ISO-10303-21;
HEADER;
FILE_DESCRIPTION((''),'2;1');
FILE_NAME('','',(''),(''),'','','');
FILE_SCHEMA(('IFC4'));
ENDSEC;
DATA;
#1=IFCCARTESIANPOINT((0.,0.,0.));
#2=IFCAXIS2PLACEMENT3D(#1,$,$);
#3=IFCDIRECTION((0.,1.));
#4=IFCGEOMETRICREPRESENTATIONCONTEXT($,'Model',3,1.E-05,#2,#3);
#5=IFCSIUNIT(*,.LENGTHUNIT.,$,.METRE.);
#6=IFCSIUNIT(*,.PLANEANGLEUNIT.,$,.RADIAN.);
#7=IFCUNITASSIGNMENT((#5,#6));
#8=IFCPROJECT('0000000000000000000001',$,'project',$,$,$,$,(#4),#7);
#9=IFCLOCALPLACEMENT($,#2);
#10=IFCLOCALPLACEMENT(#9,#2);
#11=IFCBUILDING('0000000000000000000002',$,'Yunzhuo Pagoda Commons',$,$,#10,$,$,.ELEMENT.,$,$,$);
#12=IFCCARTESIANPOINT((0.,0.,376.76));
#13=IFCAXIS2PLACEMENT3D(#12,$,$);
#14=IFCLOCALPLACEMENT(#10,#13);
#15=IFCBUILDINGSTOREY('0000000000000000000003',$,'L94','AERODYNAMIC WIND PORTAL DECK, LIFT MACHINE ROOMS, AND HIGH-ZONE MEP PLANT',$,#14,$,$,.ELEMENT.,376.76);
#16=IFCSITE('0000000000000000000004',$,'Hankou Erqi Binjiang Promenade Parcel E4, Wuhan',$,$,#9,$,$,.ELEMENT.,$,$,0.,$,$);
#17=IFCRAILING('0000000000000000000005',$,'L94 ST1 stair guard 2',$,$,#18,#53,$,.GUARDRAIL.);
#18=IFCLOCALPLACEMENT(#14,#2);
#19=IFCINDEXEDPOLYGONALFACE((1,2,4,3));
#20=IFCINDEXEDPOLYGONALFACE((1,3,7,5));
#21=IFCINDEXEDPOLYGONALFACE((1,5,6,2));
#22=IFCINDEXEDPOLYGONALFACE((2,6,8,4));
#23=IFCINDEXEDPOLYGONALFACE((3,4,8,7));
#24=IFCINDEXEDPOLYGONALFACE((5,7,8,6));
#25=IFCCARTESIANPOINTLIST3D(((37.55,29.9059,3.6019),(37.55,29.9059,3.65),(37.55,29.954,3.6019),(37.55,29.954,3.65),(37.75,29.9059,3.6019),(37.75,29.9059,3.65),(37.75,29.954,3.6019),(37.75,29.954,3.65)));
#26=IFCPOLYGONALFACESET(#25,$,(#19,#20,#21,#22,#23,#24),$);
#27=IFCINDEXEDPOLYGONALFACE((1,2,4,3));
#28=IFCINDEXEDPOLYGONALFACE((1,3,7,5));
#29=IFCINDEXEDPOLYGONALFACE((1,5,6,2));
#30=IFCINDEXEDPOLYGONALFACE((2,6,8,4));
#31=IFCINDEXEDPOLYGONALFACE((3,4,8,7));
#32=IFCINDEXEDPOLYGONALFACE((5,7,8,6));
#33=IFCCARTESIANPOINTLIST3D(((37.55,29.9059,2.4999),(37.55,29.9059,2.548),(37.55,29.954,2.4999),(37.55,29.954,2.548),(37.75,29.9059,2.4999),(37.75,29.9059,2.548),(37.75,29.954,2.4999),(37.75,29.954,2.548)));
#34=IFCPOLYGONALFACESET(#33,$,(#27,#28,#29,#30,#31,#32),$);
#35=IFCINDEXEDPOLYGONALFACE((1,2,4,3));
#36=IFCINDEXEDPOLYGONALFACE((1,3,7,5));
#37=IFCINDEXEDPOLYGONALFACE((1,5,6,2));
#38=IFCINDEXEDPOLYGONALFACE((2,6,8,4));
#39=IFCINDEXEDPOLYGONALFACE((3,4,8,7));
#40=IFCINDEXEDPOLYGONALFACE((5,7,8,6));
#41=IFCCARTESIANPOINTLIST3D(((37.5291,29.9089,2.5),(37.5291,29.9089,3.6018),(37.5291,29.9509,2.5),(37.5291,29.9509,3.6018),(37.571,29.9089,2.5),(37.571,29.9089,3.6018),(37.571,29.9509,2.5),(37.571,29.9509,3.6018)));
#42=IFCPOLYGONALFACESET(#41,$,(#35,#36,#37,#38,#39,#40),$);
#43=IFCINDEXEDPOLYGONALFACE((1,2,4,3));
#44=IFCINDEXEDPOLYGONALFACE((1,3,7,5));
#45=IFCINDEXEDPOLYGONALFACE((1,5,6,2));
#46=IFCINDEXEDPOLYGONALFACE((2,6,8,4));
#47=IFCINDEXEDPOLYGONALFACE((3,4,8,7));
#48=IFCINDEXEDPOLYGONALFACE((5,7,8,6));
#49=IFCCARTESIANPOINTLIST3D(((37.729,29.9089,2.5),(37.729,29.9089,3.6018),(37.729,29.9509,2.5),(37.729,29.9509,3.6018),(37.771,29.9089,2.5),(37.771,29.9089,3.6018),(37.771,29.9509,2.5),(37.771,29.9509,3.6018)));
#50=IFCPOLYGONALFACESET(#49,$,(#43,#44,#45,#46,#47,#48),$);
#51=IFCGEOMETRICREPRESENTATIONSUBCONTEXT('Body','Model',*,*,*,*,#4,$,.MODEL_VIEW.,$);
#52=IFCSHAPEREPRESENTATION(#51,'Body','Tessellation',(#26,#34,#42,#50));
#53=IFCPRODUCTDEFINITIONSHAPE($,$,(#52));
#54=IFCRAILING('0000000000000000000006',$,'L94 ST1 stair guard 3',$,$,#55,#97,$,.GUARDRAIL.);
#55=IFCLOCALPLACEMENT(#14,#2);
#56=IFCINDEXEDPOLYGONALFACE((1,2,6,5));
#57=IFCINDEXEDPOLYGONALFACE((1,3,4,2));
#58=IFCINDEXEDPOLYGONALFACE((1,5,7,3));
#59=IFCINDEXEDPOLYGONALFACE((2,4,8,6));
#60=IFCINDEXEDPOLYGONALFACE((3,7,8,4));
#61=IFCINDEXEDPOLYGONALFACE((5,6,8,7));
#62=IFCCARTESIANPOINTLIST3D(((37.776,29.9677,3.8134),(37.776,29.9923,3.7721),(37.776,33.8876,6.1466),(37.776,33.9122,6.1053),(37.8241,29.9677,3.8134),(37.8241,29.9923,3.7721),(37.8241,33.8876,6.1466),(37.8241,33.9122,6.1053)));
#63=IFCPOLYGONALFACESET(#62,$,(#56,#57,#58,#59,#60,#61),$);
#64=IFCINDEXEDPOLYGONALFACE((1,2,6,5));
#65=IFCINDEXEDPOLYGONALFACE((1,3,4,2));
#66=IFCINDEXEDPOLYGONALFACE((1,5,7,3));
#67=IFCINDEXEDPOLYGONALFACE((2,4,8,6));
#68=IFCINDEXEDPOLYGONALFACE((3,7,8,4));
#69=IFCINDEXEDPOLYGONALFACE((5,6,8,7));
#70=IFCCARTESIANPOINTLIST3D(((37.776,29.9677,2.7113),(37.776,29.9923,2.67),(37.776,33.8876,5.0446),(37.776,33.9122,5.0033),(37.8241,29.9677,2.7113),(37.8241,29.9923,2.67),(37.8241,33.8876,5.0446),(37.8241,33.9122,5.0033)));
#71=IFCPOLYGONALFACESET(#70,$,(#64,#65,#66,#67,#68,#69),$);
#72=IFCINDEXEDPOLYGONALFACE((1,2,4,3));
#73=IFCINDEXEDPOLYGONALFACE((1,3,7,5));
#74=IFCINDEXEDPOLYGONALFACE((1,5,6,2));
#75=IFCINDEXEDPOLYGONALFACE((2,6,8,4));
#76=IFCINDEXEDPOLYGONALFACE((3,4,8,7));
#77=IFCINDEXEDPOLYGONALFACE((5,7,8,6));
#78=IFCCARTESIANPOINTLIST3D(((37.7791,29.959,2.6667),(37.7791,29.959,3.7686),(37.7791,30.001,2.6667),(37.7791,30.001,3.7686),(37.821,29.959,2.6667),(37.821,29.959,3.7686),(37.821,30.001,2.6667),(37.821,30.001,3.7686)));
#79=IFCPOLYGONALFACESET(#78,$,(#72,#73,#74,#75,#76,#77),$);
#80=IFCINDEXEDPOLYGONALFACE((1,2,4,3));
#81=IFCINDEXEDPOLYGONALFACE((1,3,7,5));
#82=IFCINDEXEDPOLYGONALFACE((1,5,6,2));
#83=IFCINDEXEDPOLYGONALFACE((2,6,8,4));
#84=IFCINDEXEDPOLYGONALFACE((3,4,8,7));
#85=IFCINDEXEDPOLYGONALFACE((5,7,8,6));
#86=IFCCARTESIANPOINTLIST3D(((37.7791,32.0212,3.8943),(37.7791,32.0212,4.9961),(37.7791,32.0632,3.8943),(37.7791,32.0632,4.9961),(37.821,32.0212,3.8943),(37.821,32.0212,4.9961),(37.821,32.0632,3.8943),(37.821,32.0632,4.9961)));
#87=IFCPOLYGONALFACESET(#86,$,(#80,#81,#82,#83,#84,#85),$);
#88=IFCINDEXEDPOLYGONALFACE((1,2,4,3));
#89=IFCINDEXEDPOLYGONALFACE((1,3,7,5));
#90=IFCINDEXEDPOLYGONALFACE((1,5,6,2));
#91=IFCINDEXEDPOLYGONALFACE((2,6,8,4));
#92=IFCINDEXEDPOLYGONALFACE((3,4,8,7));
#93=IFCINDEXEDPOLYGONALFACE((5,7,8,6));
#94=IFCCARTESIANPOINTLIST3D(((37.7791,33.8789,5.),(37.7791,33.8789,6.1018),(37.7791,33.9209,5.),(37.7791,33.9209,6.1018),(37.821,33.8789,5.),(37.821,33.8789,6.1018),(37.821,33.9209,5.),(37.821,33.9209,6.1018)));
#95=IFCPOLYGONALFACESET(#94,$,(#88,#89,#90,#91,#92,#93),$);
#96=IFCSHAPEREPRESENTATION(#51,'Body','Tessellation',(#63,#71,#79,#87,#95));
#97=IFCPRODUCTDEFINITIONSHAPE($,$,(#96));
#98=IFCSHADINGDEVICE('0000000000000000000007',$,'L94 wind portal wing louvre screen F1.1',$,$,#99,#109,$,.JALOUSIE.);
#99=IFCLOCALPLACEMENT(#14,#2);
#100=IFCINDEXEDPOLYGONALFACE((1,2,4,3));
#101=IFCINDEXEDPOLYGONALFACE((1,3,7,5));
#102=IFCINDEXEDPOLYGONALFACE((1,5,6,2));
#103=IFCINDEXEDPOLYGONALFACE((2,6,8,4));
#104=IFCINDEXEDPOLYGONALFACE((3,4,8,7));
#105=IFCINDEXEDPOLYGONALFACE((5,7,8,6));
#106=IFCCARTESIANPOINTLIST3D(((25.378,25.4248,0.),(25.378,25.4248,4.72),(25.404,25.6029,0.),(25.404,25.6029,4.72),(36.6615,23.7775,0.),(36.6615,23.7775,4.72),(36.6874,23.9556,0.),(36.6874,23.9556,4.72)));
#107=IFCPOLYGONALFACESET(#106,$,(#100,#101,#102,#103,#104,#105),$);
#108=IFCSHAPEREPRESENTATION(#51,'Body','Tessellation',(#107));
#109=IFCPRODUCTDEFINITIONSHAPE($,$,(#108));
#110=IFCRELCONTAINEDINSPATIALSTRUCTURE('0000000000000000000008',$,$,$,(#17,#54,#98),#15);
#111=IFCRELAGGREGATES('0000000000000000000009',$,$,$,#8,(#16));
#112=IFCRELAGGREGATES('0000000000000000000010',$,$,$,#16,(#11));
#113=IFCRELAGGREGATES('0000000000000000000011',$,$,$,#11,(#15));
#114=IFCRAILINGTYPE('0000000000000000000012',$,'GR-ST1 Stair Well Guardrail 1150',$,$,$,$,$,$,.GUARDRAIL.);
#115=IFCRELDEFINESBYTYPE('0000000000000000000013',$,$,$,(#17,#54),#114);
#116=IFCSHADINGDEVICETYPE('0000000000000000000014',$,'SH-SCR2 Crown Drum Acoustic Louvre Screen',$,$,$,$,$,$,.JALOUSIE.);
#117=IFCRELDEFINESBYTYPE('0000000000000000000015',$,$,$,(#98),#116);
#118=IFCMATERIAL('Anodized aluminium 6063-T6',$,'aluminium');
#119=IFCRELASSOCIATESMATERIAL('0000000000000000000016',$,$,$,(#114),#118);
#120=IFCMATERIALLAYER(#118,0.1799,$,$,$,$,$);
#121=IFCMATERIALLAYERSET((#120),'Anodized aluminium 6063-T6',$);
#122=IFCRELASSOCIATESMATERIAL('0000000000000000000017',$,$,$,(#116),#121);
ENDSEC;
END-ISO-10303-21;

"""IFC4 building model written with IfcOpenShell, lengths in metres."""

from ifc_helpers import new_model, si_unit, direction, frame, origin, origin_2d, place, context, subcontext, project, spatial, rectangle, extrude, source, transform, mapped, material, layer, layer_set, type_object, element, save


model = new_model("IFC4")

# Units and contexts
model_context = context("Model", 3, precision=1e-05, world=origin(), true_north=direction((0.0, 1.0)))
body_context = subcontext(model_context, "Body", "Model", "MODEL_VIEW")
ifc_project = project(units=[si_unit("LENGTHUNIT", "METRE"), si_unit("PLANEANGLEUNIT", "RADIAN")], contexts=[model_context])

# Site, building, storey
site_placement = place(None, origin())
site = spatial("IfcSite", under=ifc_project, at=site_placement, Name="Hankou Erqi Binjiang Promenade Parcel E4, Wuhan", CompositionType="ELEMENT", RefElevation=0.0)
building_placement = place(site_placement, origin())
building = spatial("IfcBuilding", under=site, at=building_placement, Name="Yunzhuo Pagoda Commons", CompositionType="ELEMENT")
storey_placement = place(building_placement, frame((0.0, 0.0, 376.76)))
storey = spatial("IfcBuildingStorey", under=building, at=storey_placement, Name="L94", Description="AERODYNAMIC WIND PORTAL DECK, LIFT MACHINE ROOMS, AND HIGH-ZONE MEP PLANT", CompositionType="ELEMENT", Elevation=376.76)

# Railings
ifc_material_1 = material(Name="Anodized aluminium 6063-T6", Category="aluminium")
railing_type_1 = type_object("IfcRailingType", Name="GR-ST1 Stair Well Guardrail 1150", PredefinedType="GUARDRAIL", material=ifc_material_1)
railing_1_placement = place(storey_placement, frame((37.55, 29.9299, 2.5)))
element("IfcRailing", 1, at=railing_1_placement, inside=storey, type_object=railing_type_1, Name="L94 ST1 stair guard 2", PredefinedType="GUARDRAIL", context=body_context, shape_type="SweptSolid", body=[
    extrude(rectangle(XDim=0.0481, YDim=0.0481, at=origin_2d()), frame((0.0, 0.0, 1.126), z_axis=(1.0, 0.0, 0.0), x_axis=(0.0, 1.0, 0.0)), (0.0, 0.0, 1.0), 0.2),
    extrude(rectangle(XDim=0.0481, YDim=0.0481, at=origin_2d()), frame((0.0, 0.0, 0.0239), z_axis=(1.0, 0.0, 0.0), x_axis=(0.0, 1.0, 0.0)), (0.0, 0.0, 1.0), 0.2),
    extrude(rectangle(XDim=0.042, YDim=0.042, at=origin_2d()), origin(), (0.0, 0.0, 1.0), 1.1018),
    extrude(rectangle(XDim=0.042, YDim=0.042, at=origin_2d()), frame((0.2, 0.0, 0.0)), (0.0, 0.0, 1.0), 1.1018),
])
railing_2_placement = place(storey_placement, frame((37.8, 29.98, 2.6667)))
element("IfcRailing", 2, at=railing_2_placement, inside=storey, type_object=railing_type_1, Name="L94 ST1 stair guard 3", PredefinedType="GUARDRAIL", context=body_context, shape_type="SweptSolid", body=[
    extrude(rectangle(XDim=0.0481, YDim=0.0481, at=origin_2d()), frame((0.0, 0.0, 1.126), z_axis=(0.0, 0.859296, 0.511478), x_axis=(-1.0, 0.0, 0.0)), (0.0, 0.0, 1.0), 4.5618),
    extrude(rectangle(XDim=0.0481, YDim=0.0481, at=origin_2d()), frame((0.0, 0.0, 0.0239), z_axis=(0.0, 0.859296, 0.511478), x_axis=(-1.0, 0.0, 0.0)), (0.0, 0.0, 1.0), 4.5618),
    extrude(rectangle(XDim=0.042, YDim=0.042, at=origin_2d()), origin(), (0.0, 0.0, 1.0), 1.1018),
    extrude(rectangle(XDim=0.042, YDim=0.042, at=origin_2d()), frame((0.0, 2.0623, 1.2275)), (0.0, 0.0, 1.0), 1.1018),
    extrude(rectangle(XDim=0.042, YDim=0.042, at=origin_2d()), frame((0.0, 3.9199, 2.3333)), (0.0, 0.0, 1.0), 1.1018),
])

# Shading device
ifc_layer_1 = layer(ifc_material_1, 0.1799)
ifc_layer_set_1 = layer_set([ifc_layer_1], Name="Anodized aluminium 6063-T6")
shading_device_type = type_object("IfcShadingDeviceType", Name="SH-SCR2 Crown Drum Acoustic Louvre Screen", PredefinedType="JALOUSIE", material=ifc_layer_set_1)
shared_shape_1 = source(origin(), body_context, "Body", "SweptSolid", [
    extrude(rectangle(XDim=11.4031, YDim=0.1799, at=origin_2d()), origin(), (0.0, 0.0, 1.0), 4.72),
])
shading_device_placement = place(storey_placement, frame((31.0327, 24.6902, 0.0), z_axis=(0.0, 0.0, 1.0), x_axis=(0.989511, -0.14446, 0.0)))
element("IfcShadingDevice", 3, at=shading_device_placement, inside=storey, type_object=shading_device_type, Name="L94 wind portal wing louvre screen F1.1", PredefinedType="JALOUSIE", context=body_context, shape_type="MappedRepresentation", body=[
    mapped(shared_shape_1, transform((0.0, 0.0, 0.0), scale=1.0)),
])

save(model, "model.ifc")
